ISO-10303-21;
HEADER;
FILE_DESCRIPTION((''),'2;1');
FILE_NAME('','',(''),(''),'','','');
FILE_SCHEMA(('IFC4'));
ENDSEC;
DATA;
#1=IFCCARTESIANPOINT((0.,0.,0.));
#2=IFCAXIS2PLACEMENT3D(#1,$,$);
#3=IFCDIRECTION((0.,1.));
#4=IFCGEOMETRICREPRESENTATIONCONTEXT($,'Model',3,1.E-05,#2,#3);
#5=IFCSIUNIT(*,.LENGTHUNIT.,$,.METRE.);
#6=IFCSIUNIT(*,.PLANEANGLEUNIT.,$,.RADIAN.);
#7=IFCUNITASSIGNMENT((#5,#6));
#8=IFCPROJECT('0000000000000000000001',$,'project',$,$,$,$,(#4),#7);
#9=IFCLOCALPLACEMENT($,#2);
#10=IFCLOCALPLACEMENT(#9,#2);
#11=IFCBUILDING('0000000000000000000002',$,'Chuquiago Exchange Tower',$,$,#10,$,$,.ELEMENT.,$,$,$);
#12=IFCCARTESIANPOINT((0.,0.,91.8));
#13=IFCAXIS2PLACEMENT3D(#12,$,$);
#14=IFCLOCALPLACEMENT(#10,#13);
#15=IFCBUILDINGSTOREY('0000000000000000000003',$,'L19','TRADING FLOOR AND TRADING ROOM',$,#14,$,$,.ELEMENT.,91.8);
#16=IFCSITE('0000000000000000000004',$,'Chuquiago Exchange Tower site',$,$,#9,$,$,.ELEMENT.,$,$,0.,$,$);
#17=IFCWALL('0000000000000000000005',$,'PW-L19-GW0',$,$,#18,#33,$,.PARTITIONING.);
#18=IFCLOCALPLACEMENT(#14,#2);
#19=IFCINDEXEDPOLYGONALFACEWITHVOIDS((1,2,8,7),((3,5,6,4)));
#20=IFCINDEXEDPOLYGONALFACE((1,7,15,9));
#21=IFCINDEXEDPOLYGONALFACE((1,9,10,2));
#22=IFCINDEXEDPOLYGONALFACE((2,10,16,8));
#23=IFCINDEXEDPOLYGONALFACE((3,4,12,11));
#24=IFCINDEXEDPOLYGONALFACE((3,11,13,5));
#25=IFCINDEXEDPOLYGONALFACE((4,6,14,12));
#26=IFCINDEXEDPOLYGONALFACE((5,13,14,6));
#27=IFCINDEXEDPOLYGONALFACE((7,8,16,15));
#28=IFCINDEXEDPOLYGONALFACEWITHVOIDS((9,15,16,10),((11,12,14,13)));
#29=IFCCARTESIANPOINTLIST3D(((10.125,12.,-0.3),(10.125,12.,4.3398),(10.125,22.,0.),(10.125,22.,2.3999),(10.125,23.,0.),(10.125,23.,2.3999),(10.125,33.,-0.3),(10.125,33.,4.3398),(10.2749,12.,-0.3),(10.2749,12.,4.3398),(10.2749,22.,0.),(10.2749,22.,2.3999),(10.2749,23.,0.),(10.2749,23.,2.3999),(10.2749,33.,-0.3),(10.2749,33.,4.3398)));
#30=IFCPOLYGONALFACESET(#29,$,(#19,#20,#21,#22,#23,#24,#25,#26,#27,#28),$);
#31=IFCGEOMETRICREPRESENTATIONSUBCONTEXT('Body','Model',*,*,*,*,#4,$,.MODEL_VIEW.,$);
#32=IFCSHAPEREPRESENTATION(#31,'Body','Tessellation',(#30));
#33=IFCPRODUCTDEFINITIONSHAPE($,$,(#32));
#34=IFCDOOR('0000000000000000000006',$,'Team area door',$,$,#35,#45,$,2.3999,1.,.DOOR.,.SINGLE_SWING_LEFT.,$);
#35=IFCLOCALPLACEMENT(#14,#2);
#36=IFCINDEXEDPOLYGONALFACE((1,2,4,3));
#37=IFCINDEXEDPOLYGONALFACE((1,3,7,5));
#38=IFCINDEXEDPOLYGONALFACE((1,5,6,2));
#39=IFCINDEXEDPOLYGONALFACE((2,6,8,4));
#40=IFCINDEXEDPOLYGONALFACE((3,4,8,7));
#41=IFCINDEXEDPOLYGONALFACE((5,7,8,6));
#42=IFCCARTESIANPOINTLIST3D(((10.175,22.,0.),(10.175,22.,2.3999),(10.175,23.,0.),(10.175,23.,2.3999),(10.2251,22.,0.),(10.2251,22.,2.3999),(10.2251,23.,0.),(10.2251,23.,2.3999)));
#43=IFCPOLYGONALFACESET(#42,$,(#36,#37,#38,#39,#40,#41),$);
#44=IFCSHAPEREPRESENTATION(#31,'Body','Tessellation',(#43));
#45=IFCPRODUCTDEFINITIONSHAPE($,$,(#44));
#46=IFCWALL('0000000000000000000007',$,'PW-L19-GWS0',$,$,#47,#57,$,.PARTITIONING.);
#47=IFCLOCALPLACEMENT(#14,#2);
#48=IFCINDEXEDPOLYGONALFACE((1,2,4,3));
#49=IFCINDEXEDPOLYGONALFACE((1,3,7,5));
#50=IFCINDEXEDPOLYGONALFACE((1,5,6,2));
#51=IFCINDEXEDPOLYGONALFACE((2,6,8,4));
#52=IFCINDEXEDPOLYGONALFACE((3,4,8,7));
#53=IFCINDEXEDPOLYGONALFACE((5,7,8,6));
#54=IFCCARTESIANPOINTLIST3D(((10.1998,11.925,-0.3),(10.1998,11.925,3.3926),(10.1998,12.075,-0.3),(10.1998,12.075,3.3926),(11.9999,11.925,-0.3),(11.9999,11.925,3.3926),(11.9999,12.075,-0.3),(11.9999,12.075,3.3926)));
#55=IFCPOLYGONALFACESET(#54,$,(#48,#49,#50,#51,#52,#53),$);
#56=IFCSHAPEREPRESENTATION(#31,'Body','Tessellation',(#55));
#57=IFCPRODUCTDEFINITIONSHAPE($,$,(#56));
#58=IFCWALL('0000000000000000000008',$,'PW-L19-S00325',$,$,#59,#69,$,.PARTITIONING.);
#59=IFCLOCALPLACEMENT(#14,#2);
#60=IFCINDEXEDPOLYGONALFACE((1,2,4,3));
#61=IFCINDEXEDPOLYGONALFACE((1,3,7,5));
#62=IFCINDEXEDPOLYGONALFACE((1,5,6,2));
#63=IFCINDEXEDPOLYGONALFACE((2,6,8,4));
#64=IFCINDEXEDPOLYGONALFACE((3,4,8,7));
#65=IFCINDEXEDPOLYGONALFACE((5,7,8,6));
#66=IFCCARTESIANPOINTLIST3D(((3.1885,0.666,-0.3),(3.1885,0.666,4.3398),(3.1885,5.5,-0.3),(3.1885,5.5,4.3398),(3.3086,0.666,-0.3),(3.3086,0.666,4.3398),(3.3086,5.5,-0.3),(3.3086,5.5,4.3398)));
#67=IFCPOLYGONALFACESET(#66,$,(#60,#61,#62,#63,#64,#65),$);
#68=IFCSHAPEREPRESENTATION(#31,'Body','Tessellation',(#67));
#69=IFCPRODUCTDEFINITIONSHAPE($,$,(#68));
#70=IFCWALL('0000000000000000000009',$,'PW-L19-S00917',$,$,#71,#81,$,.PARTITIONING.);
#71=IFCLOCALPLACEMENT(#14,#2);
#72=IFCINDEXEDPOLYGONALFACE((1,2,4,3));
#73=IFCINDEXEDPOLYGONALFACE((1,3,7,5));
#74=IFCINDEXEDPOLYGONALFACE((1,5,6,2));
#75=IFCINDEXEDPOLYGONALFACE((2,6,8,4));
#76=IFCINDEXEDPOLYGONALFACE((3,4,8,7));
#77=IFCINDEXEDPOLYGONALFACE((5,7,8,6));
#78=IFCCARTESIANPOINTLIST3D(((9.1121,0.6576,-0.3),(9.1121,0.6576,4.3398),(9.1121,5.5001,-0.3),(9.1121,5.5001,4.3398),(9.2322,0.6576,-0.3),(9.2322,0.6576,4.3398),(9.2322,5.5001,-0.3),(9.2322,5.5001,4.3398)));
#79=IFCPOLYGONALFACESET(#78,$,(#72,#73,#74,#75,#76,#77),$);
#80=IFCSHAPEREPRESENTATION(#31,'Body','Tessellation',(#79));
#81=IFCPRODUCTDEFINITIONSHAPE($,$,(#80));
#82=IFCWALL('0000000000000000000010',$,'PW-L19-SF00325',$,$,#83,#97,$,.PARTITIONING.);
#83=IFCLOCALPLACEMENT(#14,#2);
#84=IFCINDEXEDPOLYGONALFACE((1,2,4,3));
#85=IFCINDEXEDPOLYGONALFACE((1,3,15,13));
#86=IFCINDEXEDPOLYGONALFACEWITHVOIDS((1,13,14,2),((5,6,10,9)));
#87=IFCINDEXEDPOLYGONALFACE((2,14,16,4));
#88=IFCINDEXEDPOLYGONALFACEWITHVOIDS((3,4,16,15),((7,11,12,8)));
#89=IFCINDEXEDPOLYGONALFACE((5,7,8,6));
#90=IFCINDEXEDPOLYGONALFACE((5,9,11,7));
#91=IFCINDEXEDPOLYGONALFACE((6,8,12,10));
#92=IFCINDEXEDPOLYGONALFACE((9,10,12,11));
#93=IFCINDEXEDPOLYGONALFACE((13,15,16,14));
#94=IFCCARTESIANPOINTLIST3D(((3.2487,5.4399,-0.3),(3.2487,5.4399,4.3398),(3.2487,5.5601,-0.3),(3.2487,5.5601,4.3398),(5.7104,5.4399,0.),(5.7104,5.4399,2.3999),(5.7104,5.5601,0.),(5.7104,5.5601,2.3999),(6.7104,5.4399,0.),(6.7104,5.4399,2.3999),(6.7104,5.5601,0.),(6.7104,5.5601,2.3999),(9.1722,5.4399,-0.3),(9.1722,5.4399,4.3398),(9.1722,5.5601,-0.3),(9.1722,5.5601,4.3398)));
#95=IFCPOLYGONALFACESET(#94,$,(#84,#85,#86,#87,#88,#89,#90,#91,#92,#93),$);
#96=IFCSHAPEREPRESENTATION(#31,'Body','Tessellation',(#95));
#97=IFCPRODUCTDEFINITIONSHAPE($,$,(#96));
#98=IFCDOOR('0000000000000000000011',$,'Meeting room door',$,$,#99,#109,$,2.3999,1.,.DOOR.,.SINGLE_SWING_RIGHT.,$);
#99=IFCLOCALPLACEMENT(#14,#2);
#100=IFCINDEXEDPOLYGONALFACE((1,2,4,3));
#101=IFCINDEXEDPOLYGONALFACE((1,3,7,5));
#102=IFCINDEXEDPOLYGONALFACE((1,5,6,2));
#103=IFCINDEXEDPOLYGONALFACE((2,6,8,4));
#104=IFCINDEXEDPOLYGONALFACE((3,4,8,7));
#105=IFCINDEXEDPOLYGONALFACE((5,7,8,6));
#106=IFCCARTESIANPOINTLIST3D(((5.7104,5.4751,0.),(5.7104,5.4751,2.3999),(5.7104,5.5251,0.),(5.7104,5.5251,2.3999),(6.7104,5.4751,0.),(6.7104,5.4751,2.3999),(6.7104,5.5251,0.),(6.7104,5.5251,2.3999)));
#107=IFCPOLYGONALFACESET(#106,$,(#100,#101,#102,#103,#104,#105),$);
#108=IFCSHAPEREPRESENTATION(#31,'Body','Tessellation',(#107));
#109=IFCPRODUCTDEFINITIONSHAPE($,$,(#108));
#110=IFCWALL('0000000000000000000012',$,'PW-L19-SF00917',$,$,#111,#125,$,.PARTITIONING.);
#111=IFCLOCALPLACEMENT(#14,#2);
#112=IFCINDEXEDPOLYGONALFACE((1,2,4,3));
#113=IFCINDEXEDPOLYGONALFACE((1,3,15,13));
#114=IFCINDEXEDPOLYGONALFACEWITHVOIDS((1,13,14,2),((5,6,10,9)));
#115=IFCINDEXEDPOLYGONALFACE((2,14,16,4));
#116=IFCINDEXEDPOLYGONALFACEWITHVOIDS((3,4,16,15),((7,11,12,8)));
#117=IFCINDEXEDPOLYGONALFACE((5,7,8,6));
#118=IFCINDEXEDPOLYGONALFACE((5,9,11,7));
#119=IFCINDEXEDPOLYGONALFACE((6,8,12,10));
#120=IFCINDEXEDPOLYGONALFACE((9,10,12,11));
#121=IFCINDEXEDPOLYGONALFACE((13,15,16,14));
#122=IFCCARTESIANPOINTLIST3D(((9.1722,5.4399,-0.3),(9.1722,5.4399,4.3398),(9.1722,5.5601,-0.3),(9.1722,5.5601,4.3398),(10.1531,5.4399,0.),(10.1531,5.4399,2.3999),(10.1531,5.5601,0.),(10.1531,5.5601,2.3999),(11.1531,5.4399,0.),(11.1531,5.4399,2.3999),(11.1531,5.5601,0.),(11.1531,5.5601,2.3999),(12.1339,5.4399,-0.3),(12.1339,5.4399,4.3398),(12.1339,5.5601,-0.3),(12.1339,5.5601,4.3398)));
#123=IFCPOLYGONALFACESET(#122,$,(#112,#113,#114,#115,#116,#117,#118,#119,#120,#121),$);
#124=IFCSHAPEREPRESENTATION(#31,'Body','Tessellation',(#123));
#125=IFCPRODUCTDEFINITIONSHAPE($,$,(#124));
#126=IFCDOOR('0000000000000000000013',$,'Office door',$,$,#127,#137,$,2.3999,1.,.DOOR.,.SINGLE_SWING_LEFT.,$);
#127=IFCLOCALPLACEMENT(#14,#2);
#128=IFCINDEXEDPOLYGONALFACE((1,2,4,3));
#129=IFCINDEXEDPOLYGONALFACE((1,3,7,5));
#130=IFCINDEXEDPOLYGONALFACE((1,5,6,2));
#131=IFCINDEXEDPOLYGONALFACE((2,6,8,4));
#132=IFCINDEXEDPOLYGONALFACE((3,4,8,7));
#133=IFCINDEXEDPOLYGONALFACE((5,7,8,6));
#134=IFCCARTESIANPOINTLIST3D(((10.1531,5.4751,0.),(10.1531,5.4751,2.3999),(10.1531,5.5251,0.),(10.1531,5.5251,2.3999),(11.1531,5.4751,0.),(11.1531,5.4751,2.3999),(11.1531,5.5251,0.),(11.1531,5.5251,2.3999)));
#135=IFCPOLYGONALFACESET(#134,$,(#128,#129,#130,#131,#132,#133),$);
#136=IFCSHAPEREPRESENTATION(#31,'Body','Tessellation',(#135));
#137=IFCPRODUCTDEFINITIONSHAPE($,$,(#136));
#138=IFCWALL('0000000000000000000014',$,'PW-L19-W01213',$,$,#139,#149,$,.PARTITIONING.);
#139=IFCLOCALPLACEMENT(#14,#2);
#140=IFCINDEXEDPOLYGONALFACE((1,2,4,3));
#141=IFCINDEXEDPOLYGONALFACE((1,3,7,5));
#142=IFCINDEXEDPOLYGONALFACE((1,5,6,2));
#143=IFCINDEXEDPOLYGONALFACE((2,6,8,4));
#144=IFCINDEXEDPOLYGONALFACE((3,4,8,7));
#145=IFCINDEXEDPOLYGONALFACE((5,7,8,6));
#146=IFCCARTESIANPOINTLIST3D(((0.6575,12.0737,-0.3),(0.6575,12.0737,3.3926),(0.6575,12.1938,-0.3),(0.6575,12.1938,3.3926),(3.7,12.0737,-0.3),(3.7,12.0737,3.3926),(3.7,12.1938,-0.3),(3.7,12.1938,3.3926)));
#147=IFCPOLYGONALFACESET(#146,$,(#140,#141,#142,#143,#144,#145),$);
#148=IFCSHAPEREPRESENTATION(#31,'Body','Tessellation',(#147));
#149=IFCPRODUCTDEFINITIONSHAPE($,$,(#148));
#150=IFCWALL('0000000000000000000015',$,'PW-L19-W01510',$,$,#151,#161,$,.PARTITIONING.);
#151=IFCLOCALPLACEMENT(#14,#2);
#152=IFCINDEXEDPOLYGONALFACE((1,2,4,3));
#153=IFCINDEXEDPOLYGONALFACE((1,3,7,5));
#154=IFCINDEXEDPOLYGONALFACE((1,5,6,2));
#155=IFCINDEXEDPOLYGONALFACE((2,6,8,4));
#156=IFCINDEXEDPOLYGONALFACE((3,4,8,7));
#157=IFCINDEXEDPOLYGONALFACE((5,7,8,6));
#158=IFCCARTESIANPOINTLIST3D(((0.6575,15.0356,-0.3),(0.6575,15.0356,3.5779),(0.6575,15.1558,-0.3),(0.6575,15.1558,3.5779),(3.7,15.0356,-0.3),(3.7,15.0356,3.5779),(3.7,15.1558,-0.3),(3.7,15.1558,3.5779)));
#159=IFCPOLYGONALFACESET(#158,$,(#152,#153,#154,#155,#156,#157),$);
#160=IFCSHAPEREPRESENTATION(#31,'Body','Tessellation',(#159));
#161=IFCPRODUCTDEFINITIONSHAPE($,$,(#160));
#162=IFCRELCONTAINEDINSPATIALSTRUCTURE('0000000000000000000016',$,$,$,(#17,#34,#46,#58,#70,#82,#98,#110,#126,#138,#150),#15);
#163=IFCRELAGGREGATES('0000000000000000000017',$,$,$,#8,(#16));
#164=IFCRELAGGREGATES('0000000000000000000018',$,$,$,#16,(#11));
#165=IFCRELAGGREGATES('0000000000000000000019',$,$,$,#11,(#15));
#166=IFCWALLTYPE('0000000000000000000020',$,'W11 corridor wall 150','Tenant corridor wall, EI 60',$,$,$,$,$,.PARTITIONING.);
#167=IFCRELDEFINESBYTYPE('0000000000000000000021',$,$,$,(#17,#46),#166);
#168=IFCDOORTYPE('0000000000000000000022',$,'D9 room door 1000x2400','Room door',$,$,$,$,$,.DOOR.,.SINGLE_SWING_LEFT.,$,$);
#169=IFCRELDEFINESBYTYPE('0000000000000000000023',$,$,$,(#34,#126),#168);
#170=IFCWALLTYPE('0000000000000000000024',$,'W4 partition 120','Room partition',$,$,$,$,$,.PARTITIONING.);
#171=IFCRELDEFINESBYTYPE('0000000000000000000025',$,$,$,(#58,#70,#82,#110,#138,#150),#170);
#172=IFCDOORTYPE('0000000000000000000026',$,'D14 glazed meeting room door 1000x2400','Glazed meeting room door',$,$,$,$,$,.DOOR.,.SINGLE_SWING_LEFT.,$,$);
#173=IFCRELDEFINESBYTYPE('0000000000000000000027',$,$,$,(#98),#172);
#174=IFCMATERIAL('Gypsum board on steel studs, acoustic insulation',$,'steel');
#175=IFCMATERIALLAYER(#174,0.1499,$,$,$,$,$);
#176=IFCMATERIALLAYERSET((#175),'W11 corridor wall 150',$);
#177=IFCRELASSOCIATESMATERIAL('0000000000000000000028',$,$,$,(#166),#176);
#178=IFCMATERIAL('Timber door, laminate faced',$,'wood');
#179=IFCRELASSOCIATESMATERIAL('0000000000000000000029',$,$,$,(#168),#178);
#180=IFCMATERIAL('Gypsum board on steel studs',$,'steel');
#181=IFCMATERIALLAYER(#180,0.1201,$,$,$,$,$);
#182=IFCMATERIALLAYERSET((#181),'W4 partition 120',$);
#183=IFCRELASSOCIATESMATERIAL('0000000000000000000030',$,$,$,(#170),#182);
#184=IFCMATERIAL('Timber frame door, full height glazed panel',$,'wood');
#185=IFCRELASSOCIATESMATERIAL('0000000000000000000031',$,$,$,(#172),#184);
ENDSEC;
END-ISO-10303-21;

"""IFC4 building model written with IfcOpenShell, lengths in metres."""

from ifc_helpers import new_model, si_unit, direction, frame, frame_2d, origin, place, context, subcontext, project, spatial, rectangle, extrude, material, layer, layer_set, type_object, element, fill, save


model = new_model("IFC4")

# Units and contexts
model_context = context("Model", 3, precision=1e-05, world=origin(), true_north=direction((0.0, 1.0)))
body_context = subcontext(model_context, "Body", "Model", "MODEL_VIEW")
ifc_project = project(units=[si_unit("LENGTHUNIT", "METRE"), si_unit("PLANEANGLEUNIT", "RADIAN")], contexts=[model_context])

# Site, building, storey
site_placement = place(None, origin())
site = spatial("IfcSite", under=ifc_project, at=site_placement, Name="Chuquiago Exchange Tower site", CompositionType="ELEMENT", RefElevation=0.0)
building_placement = place(site_placement, origin())
building = spatial("IfcBuilding", under=site, at=building_placement, Name="Chuquiago Exchange Tower", CompositionType="ELEMENT")
storey_placement = place(building_placement, frame((0.0, 0.0, 91.8)))
storey = spatial("IfcBuildingStorey", under=building, at=storey_placement, Name="L19", Description="TRADING FLOOR AND TRADING ROOM", CompositionType="ELEMENT", Elevation=91.8)

# Wall, opening, door
ifc_material_1 = material(Name="Gypsum board on steel studs, acoustic insulation", Category="steel")
ifc_layer_1 = layer(ifc_material_1, 0.1499)
ifc_layer_set_1 = layer_set([ifc_layer_1], Name="W11 corridor wall 150")
wall_type_1 = type_object("IfcWallType", Name="W11 corridor wall 150", Description="Tenant corridor wall, EI 60", PredefinedType="PARTITIONING", material=ifc_layer_set_1)
wall_1_placement = place(storey_placement, frame((10.2, 12.0, -0.3), z_axis=(0.0, 0.0, 1.0), x_axis=(0.0, 1.0, 0.0)))
wall_1 = element("IfcWall", 1, at=wall_1_placement, inside=storey, type_object=wall_type_1, Name="PW-L19-GW0", PredefinedType="PARTITIONING", context=body_context, shape_type="SweptSolid", body=[
    extrude(rectangle(XDim=21.0, YDim=0.1499, at=frame_2d((10.5, 0.0))), origin(), (0.0, 0.0, 1.0), 4.6399),
])
opening_1_placement = place(wall_1_placement, frame((10.0, 0.0, 0.3)))
opening_1 = element("IfcOpeningElement", 2, at=opening_1_placement, cuts=wall_1, PredefinedType="OPENING", context=body_context, shape_type="SweptSolid", body=[
    extrude(rectangle(XDim=1.0, YDim=2.3999, at=frame_2d((0.5, 1.2))), frame((0.0, 0.085, 0.0), z_axis=(0.0, -1.0, 0.0), x_axis=(1.0, 0.0, 0.0)), (0.0, 0.0, 1.0), 0.1699),
])
ifc_material_2 = material(Name="Timber door, laminate faced", Category="wood")
door_type_1 = type_object("IfcDoorType", Name="D9 room door 1000x2400", Description="Room door", OperationType="SINGLE_SWING_LEFT", PredefinedType="DOOR", material=ifc_material_2)
door_1_placement = place(opening_1_placement, origin())
door_1 = element("IfcDoor", 3, at=door_1_placement, inside=storey, type_object=door_type_1, Name="Team area door", OperationType="SINGLE_SWING_LEFT", OverallHeight=2.3999, OverallWidth=1.0, PredefinedType="DOOR", context=body_context, shape_type="SweptSolid", body=[
    extrude(rectangle(XDim=1.0, YDim=2.3999, at=frame_2d((0.5, 1.2))), frame((0.0, 0.0249, 0.0), z_axis=(0.0, -1.0, 0.0), x_axis=(1.0, 0.0, 0.0)), (0.0, 0.0, 1.0), 0.05),
])
fill(opening_1, door_1)

# Walls
wall_2_placement = place(storey_placement, frame((10.2, 12.0, -0.3), z_axis=(0.0, 0.0, 1.0), x_axis=(1.0, 0.0, 0.0)))
element("IfcWall", 4, at=wall_2_placement, inside=storey, type_object=wall_type_1, Name="PW-L19-GWS0", PredefinedType="PARTITIONING", context=body_context, shape_type="SweptSolid", body=[
    extrude(rectangle(XDim=1.8, YDim=0.1499, at=frame_2d((0.8999, 0.0))), origin(), (0.0, 0.0, 1.0), 3.6926),
])
ifc_material_3 = material(Name="Gypsum board on steel studs", Category="steel")
ifc_layer_2 = layer(ifc_material_3, 0.1201)
ifc_layer_set_2 = layer_set([ifc_layer_2], Name="W4 partition 120")
wall_type_2 = type_object("IfcWallType", Name="W4 partition 120", Description="Room partition", PredefinedType="PARTITIONING", material=ifc_layer_set_2)
wall_3_placement = place(storey_placement, frame((3.2485, 0.666, -0.3), z_axis=(0.0, 0.0, 1.0), x_axis=(0.0, 1.0, 0.0)))
element("IfcWall", 5, at=wall_3_placement, inside=storey, type_object=wall_type_2, Name="PW-L19-S00325", PredefinedType="PARTITIONING", context=body_context, shape_type="SweptSolid", body=[
    extrude(rectangle(XDim=4.834, YDim=0.1201, at=frame_2d((2.417, 0.0))), origin(), (0.0, 0.0, 1.0), 4.6399),
])
wall_4_placement = place(storey_placement, frame((9.1721, 0.6575, -0.3), z_axis=(0.0, 0.0, 1.0), x_axis=(0.0, 1.0, 0.0)))
element("IfcWall", 6, at=wall_4_placement, inside=storey, type_object=wall_type_2, Name="PW-L19-S00917", PredefinedType="PARTITIONING", context=body_context, shape_type="SweptSolid", body=[
    extrude(rectangle(XDim=4.8425, YDim=0.1201, at=frame_2d((2.4214, 0.0))), origin(), (0.0, 0.0, 1.0), 4.6399),
])

# Walls, openings, doors
wall_5_placement = place(storey_placement, frame((3.2485, 5.5, -0.3), z_axis=(0.0, 0.0, 1.0), x_axis=(1.0, 0.0, 0.0)))
wall_5 = element("IfcWall", 7, at=wall_5_placement, inside=storey, type_object=wall_type_2, Name="PW-L19-SF00325", PredefinedType="PARTITIONING", context=body_context, shape_type="SweptSolid", body=[
    extrude(rectangle(XDim=5.9236, YDim=0.1201, at=frame_2d((2.9619, 0.0))), origin(), (0.0, 0.0, 1.0), 4.6399),
])
opening_2_placement = place(wall_5_placement, frame((2.4619, 0.0, 0.3)))
opening_2 = element("IfcOpeningElement", 8, at=opening_2_placement, cuts=wall_5, PredefinedType="OPENING", context=body_context, shape_type="SweptSolid", body=[
    extrude(rectangle(XDim=1.0, YDim=2.3999, at=frame_2d((0.5, 1.2))), frame((0.0, 0.0701, 0.0), z_axis=(0.0, -1.0, 0.0), x_axis=(1.0, 0.0, 0.0)), (0.0, 0.0, 1.0), 0.1401),
])
ifc_material_4 = material(Name="Timber frame door, full height glazed panel", Category="wood")
door_type_2 = type_object("IfcDoorType", Name="D14 glazed meeting room door 1000x2400", Description="Glazed meeting room door", OperationType="SINGLE_SWING_LEFT", PredefinedType="DOOR", material=ifc_material_4)
door_2_placement = place(opening_2_placement, frame((1.0, 0.0, 0.0), z_axis=(0.0, 0.0, 1.0), x_axis=(-1.0, 0.0, 0.0)))
door_2 = element("IfcDoor", 9, at=door_2_placement, inside=storey, type_object=door_type_2, Name="Meeting room door", OperationType="SINGLE_SWING_RIGHT", OverallHeight=2.3999, OverallWidth=1.0, PredefinedType="DOOR", context=body_context, shape_type="SweptSolid", body=[
    extrude(rectangle(XDim=1.0, YDim=2.3999, at=frame_2d((0.5, 1.2))), frame((0.0, 0.0249, 0.0), z_axis=(0.0, -1.0, 0.0), x_axis=(1.0, 0.0, 0.0)), (0.0, 0.0, 1.0), 0.05),
])
fill(opening_2, door_2)
wall_6_placement = place(storey_placement, frame((9.1721, 5.5, -0.3), z_axis=(0.0, 0.0, 1.0), x_axis=(1.0, 0.0, 0.0)))
wall_6 = element("IfcWall", 10, at=wall_6_placement, inside=storey, type_object=wall_type_2, Name="PW-L19-SF00917", PredefinedType="PARTITIONING", context=body_context, shape_type="SweptSolid", body=[
    extrude(rectangle(XDim=2.9617, YDim=0.1201, at=frame_2d((1.481, 0.0))), origin(), (0.0, 0.0, 1.0), 4.6399),
])
opening_3_placement = place(wall_6_placement, frame((0.981, 0.0, 0.3)))
opening_3 = element("IfcOpeningElement", 11, at=opening_3_placement, cuts=wall_6, PredefinedType="OPENING", context=body_context, shape_type="SweptSolid", body=[
    extrude(rectangle(XDim=1.0, YDim=2.3999, at=frame_2d((0.5, 1.2))), frame((0.0, 0.0701, 0.0), z_axis=(0.0, -1.0, 0.0), x_axis=(1.0, 0.0, 0.0)), (0.0, 0.0, 1.0), 0.1401),
])
door_3_placement = place(opening_3_placement, frame((1.0, 0.0, 0.0), z_axis=(0.0, 0.0, 1.0), x_axis=(-1.0, 0.0, 0.0)))
door_3 = element("IfcDoor", 12, at=door_3_placement, inside=storey, type_object=door_type_1, Name="Office door", OperationType="SINGLE_SWING_LEFT", OverallHeight=2.3999, OverallWidth=1.0, PredefinedType="DOOR", context=body_context, shape_type="SweptSolid", body=[
    extrude(rectangle(XDim=1.0, YDim=2.3999, at=frame_2d((0.5, 1.2))), frame((0.0, 0.0249, 0.0), z_axis=(0.0, -1.0, 0.0), x_axis=(1.0, 0.0, 0.0)), (0.0, 0.0, 1.0), 0.05),
])
fill(opening_3, door_3)

# Walls
wall_7_placement = place(storey_placement, frame((0.6575, 12.1338, -0.3), z_axis=(0.0, 0.0, 1.0), x_axis=(1.0, 0.0, 0.0)))
element("IfcWall", 13, at=wall_7_placement, inside=storey, type_object=wall_type_2, Name="PW-L19-W01213", PredefinedType="PARTITIONING", context=body_context, shape_type="SweptSolid", body=[
    extrude(rectangle(XDim=3.0425, YDim=0.1201, at=frame_2d((1.5212, 0.0))), origin(), (0.0, 0.0, 1.0), 3.6926),
])
wall_8_placement = place(storey_placement, frame((0.6575, 15.0957, -0.3), z_axis=(0.0, 0.0, 1.0), x_axis=(1.0, 0.0, 0.0)))
element("IfcWall", 14, at=wall_8_placement, inside=storey, type_object=wall_type_2, Name="PW-L19-W01510", PredefinedType="PARTITIONING", context=body_context, shape_type="SweptSolid", body=[
    extrude(rectangle(XDim=3.0425, YDim=0.1201, at=frame_2d((1.5212, 0.0))), origin(), (0.0, 0.0, 1.0), 3.8779),
])

save(model, "model.ifc")
